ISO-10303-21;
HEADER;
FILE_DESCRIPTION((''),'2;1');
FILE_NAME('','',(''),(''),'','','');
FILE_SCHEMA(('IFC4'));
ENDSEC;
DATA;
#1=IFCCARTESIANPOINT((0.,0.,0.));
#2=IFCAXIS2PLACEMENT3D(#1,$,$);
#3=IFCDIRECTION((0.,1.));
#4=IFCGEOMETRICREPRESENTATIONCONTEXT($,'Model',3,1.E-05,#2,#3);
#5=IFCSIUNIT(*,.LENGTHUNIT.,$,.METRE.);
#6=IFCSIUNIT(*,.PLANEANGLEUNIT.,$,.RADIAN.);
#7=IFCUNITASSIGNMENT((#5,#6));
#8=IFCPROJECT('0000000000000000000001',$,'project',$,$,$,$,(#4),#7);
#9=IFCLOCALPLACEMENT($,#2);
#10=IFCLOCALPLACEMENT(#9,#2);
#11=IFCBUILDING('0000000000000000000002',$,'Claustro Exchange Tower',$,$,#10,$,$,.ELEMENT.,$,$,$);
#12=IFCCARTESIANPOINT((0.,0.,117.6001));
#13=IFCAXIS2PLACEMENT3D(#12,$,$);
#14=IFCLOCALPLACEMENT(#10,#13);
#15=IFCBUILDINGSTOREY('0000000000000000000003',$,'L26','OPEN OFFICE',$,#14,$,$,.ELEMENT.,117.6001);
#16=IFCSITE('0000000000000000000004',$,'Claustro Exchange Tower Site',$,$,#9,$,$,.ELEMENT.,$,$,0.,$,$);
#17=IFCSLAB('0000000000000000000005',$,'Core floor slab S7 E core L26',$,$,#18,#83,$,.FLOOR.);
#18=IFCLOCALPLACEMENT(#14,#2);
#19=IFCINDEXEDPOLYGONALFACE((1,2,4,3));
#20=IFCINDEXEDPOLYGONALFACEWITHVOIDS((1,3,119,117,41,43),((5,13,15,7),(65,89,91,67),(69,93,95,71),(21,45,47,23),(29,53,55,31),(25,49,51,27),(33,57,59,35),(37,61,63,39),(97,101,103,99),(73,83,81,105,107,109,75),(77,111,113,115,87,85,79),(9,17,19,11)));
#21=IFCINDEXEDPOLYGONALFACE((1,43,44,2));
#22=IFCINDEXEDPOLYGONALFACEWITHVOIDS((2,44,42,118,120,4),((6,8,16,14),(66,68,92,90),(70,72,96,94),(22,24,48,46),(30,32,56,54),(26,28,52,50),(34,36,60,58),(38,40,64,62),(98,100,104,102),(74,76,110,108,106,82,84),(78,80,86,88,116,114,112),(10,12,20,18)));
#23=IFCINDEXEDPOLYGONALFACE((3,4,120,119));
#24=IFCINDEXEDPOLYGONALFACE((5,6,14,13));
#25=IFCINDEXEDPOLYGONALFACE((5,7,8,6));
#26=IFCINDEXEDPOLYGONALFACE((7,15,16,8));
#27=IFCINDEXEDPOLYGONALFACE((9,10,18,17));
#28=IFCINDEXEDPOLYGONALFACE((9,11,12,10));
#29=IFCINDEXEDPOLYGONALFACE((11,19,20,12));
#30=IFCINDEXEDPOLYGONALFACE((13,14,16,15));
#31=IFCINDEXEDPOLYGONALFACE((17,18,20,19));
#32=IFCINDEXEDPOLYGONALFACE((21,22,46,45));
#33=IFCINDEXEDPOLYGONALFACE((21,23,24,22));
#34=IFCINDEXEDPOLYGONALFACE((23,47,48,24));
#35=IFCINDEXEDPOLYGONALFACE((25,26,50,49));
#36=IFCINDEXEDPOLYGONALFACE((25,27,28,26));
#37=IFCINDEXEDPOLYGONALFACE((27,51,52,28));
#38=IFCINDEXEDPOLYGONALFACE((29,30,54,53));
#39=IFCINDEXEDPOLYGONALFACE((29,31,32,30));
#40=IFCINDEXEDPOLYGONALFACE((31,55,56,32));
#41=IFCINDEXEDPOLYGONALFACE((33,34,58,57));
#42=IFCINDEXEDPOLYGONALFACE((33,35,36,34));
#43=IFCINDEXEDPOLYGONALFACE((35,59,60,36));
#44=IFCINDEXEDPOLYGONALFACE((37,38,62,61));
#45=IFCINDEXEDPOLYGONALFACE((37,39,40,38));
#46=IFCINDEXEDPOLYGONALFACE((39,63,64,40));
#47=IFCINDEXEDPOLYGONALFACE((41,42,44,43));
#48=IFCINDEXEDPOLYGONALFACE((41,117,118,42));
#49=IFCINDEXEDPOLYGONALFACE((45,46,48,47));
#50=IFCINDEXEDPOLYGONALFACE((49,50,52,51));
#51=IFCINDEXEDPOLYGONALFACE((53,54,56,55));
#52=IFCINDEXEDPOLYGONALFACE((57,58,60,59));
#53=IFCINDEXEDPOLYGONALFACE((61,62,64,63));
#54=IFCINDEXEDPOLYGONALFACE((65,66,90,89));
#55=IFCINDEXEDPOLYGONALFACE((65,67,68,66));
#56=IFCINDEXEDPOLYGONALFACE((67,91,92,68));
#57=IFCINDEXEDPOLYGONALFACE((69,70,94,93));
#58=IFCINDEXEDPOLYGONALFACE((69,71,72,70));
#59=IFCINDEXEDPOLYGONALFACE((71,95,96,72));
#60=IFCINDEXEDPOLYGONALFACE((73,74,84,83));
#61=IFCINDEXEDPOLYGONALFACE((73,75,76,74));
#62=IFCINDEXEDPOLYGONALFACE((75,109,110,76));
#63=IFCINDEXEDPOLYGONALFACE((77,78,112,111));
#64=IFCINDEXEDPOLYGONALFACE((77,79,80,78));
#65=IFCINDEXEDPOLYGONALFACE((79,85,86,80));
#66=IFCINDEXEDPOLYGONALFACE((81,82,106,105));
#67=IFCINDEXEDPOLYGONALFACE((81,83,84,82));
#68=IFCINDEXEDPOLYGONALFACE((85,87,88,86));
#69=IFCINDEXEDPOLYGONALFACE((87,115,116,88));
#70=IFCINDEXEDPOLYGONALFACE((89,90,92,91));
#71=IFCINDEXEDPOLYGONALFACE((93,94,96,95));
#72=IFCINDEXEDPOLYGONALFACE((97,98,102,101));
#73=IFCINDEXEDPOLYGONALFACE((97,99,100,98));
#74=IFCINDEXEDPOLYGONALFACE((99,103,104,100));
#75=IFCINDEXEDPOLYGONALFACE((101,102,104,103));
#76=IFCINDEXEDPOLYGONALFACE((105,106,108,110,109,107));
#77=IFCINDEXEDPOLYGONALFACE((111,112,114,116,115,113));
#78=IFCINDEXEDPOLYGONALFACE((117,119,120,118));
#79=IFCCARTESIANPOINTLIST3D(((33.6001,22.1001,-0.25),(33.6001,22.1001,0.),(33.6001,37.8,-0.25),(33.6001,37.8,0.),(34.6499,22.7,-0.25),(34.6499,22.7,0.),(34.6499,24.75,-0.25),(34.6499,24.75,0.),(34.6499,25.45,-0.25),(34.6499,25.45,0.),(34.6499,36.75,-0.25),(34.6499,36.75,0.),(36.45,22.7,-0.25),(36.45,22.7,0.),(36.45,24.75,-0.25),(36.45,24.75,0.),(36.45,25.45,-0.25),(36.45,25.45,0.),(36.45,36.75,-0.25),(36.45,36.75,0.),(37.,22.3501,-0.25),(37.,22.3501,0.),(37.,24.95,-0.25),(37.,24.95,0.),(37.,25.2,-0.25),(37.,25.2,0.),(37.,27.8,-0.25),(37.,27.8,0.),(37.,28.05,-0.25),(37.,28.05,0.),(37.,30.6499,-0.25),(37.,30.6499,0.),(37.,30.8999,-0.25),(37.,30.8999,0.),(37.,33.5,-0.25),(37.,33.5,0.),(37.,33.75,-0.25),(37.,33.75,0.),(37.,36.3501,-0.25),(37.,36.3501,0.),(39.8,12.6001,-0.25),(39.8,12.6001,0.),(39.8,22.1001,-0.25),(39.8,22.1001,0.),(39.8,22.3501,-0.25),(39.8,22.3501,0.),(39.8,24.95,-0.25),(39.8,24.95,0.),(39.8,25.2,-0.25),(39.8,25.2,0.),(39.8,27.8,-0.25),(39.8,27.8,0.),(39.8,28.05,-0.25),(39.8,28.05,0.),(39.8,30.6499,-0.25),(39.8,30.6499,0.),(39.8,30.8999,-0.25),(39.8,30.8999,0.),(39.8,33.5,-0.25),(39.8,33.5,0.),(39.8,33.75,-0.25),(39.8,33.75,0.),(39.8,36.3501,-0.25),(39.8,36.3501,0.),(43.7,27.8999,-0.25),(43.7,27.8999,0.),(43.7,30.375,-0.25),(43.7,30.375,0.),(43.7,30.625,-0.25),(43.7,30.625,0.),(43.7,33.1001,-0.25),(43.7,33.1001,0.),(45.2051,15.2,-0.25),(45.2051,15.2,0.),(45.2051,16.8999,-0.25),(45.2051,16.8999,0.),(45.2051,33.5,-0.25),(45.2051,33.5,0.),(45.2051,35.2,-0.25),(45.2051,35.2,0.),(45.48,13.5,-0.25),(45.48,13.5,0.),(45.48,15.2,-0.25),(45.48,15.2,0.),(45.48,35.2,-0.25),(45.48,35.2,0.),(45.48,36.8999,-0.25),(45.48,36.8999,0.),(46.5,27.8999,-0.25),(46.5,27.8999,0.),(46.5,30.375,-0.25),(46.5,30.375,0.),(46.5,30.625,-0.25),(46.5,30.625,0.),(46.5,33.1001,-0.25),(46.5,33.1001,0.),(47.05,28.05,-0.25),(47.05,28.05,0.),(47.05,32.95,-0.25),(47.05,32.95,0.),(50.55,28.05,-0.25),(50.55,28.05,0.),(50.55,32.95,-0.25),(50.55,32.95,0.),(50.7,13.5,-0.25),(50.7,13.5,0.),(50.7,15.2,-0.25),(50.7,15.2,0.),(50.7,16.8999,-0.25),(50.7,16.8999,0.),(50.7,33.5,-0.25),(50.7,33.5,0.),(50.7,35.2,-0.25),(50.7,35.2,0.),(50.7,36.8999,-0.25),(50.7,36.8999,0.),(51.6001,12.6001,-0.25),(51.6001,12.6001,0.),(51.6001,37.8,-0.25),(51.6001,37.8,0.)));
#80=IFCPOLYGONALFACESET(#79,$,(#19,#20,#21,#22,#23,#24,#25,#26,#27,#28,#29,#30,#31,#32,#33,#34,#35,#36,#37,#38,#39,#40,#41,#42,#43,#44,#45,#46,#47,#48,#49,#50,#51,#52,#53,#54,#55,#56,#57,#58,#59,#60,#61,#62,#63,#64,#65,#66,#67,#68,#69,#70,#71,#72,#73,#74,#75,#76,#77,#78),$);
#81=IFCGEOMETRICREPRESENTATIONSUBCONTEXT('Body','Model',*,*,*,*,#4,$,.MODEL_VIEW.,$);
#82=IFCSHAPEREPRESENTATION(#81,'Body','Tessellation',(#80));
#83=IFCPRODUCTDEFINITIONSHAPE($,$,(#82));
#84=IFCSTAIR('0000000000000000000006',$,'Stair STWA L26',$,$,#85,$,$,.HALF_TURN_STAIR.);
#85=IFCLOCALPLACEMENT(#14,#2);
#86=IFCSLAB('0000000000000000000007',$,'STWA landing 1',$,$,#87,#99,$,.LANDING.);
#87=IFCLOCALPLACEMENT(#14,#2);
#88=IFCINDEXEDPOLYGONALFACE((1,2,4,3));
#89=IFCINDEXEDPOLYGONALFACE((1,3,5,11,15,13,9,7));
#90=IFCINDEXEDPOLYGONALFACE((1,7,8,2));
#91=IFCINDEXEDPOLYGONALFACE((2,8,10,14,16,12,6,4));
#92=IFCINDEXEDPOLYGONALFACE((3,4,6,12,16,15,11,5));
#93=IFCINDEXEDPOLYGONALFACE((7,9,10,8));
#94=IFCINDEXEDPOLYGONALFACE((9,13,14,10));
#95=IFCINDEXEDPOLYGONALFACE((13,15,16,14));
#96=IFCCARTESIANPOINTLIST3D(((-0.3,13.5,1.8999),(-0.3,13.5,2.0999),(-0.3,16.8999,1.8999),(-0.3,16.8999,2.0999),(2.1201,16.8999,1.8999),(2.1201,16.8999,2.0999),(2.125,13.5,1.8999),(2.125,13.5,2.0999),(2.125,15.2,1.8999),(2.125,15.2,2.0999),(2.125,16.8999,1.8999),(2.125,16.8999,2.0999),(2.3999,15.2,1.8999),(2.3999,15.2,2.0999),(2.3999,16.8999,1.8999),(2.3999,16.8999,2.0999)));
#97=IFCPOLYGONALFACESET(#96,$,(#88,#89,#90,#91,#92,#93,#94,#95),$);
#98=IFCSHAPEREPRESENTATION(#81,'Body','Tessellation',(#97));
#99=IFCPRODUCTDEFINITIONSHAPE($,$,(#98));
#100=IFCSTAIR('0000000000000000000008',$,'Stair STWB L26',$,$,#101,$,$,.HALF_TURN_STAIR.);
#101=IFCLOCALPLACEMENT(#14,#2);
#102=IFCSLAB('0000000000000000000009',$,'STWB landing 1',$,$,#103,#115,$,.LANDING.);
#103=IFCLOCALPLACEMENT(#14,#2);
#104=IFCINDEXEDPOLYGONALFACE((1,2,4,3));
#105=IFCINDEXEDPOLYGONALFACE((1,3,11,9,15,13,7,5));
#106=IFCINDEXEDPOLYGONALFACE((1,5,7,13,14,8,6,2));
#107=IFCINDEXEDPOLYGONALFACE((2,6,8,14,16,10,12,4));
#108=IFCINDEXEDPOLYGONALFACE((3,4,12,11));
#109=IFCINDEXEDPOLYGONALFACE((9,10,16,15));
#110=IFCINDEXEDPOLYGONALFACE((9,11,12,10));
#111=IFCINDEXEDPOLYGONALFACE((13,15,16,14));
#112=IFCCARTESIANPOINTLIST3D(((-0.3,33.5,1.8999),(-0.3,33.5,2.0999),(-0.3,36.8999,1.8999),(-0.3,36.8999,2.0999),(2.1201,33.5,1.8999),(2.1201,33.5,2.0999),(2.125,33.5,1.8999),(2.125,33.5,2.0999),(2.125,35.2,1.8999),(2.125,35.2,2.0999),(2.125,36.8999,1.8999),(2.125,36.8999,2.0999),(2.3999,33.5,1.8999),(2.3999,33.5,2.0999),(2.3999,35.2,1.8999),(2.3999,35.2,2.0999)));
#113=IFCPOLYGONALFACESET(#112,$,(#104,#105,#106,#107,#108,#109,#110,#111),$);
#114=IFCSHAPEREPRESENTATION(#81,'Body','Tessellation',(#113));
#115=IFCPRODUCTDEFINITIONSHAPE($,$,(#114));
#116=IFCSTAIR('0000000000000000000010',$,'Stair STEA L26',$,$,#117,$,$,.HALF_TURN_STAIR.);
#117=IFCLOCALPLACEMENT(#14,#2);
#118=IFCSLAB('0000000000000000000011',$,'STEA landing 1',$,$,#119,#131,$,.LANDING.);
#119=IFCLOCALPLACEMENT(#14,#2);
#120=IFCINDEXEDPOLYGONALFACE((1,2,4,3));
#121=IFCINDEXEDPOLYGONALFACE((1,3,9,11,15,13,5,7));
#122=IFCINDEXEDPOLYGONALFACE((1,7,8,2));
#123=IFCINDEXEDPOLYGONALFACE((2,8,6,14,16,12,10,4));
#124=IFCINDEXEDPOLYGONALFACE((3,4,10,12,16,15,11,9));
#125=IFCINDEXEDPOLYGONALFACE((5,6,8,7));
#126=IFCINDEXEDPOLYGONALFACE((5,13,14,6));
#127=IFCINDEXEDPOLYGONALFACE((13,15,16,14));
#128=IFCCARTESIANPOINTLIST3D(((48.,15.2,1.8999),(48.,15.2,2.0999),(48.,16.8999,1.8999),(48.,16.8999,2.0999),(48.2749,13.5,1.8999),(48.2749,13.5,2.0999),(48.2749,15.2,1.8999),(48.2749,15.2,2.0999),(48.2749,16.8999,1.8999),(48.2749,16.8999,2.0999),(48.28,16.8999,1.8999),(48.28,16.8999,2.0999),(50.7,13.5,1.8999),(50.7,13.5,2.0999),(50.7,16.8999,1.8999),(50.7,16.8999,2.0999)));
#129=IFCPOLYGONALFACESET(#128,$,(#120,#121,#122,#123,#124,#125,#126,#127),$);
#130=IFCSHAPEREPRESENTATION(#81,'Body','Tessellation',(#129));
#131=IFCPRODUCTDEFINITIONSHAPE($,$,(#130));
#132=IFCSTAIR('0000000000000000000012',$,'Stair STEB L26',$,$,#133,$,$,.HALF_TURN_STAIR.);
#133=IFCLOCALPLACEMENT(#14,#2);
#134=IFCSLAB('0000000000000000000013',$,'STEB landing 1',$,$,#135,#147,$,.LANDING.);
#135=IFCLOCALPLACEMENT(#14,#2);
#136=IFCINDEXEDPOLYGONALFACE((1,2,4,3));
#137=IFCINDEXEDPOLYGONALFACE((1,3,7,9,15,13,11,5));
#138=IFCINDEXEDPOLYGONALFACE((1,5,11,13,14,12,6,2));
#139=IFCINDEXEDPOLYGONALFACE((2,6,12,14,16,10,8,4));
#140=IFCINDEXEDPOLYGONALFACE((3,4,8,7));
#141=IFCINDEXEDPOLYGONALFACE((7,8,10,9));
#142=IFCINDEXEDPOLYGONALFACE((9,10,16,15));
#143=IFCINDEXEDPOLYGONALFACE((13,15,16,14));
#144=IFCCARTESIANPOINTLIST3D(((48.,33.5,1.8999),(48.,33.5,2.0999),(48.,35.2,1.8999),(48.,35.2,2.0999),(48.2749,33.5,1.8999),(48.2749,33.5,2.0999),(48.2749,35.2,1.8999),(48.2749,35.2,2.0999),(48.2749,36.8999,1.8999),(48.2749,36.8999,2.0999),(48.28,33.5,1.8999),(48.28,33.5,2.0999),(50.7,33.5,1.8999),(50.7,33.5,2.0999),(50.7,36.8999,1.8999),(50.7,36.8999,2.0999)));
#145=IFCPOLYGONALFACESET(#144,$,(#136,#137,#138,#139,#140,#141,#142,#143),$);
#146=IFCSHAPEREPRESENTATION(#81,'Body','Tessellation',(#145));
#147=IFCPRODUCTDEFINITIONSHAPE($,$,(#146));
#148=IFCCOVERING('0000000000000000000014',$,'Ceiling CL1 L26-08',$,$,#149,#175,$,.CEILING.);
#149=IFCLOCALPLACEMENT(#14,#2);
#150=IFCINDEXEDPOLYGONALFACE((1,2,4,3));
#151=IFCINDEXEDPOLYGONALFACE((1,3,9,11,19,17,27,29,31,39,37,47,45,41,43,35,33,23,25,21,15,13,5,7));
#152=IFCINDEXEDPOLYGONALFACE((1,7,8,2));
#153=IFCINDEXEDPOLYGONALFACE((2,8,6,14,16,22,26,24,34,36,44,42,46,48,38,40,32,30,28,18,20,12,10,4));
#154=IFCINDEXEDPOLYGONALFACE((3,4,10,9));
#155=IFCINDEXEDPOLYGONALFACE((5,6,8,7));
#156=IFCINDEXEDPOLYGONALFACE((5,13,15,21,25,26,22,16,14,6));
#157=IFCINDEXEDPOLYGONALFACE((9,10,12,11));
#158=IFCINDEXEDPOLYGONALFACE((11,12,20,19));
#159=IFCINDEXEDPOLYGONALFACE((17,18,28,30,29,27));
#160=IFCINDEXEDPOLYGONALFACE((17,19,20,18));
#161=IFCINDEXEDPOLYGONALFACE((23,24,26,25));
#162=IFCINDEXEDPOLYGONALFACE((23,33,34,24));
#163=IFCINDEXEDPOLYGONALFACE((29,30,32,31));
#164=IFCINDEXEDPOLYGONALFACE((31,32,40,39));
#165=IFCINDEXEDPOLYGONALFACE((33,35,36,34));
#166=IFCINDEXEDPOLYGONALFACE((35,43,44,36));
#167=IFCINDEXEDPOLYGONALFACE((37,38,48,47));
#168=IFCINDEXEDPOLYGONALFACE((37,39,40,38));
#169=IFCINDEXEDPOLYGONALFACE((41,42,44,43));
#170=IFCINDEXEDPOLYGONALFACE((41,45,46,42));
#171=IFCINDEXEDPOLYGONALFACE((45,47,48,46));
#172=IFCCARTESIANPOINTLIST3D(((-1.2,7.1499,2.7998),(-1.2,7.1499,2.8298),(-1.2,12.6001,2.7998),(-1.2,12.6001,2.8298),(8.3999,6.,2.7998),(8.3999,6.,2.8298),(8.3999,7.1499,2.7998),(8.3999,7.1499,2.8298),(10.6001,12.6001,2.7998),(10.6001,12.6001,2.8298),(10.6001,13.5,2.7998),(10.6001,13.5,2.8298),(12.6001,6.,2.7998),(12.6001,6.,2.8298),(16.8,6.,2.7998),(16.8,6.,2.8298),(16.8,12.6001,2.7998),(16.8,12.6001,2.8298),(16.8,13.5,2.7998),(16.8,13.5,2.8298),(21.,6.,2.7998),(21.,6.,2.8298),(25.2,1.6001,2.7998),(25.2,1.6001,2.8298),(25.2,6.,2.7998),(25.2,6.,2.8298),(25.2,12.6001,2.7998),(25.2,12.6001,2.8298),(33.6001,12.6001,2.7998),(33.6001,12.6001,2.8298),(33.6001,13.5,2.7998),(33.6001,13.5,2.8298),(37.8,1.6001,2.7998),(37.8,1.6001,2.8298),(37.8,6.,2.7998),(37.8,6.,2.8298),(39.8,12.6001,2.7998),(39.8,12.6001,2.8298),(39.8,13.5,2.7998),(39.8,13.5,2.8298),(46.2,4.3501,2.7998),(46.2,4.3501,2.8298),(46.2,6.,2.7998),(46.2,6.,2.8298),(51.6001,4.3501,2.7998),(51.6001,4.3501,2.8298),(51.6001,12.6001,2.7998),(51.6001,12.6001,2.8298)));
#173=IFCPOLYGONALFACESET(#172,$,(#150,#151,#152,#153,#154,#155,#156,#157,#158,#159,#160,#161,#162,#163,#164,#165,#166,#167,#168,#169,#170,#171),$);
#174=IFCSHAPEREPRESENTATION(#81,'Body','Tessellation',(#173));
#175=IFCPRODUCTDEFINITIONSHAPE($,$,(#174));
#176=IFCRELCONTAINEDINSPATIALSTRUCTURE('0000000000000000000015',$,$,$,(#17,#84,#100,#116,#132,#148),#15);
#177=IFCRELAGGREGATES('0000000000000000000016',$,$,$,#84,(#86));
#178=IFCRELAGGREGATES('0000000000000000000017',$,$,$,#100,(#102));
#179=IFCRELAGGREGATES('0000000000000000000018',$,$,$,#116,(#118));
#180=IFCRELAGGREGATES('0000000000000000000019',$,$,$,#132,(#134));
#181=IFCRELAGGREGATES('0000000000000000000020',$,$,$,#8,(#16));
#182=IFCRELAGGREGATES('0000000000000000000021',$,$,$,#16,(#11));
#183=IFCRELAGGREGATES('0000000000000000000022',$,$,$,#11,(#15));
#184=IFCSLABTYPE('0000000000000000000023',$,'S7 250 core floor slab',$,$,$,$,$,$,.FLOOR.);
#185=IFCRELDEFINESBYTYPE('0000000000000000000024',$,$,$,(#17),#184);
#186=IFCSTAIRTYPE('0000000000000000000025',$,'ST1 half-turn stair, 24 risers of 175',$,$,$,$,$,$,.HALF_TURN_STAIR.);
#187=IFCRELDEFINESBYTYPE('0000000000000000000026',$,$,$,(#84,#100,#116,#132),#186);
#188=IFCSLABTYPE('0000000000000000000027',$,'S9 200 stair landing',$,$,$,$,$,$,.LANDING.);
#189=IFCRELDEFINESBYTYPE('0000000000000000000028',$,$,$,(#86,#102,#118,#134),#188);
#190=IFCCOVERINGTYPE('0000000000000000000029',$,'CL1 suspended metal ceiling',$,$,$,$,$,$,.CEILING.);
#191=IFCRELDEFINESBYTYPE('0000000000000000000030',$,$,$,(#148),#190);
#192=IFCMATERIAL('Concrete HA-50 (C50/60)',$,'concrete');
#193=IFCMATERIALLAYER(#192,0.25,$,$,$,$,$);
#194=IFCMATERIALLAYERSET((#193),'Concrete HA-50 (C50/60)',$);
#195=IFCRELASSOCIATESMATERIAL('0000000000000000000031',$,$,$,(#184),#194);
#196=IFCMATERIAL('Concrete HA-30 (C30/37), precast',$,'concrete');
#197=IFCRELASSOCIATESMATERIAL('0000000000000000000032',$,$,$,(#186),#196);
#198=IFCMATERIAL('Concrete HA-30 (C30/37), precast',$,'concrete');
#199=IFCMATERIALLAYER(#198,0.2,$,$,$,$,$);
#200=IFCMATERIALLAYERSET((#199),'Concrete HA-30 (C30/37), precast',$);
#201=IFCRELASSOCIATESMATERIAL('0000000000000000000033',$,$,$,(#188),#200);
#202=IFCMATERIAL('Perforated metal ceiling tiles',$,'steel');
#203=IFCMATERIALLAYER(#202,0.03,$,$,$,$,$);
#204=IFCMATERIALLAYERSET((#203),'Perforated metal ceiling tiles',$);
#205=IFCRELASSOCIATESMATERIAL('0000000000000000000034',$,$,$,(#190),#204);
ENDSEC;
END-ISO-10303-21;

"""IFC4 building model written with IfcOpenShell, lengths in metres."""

from ifc_helpers import new_model, si_unit, direction, frame, origin, place, context, subcontext, project, spatial, polyline, outline, extrude, material, layer, layer_set, type_object, element, aggregate, save


model = new_model("IFC4")

# Units and contexts
model_context = context("Model", 3, precision=1e-05, world=origin(), true_north=direction((0.0, 1.0)))
body_context = subcontext(model_context, "Body", "Model", "MODEL_VIEW")
ifc_project = project(units=[si_unit("LENGTHUNIT", "METRE"), si_unit("PLANEANGLEUNIT", "RADIAN")], contexts=[model_context])

# Site, building, storey
site_placement = place(None, origin())
site = spatial("IfcSite", under=ifc_project, at=site_placement, Name="Claustro Exchange Tower Site", CompositionType="ELEMENT", RefElevation=0.0)
building_placement = place(site_placement, origin())
building = spatial("IfcBuilding", under=site, at=building_placement, Name="Claustro Exchange Tower", CompositionType="ELEMENT")
storey_placement = place(building_placement, frame((0.0, 0.0, 117.6001)))
storey = spatial("IfcBuildingStorey", under=building, at=storey_placement, Name="L26", Description="OPEN OFFICE", CompositionType="ELEMENT", Elevation=117.6001)

# Slab
ifc_material_1 = material(Name="Concrete HA-50 (C50/60)", Category="concrete")
ifc_layer_1 = layer(ifc_material_1, 0.25)
ifc_layer_set_1 = layer_set([ifc_layer_1], Name="Concrete HA-50 (C50/60)")
slab_type_1 = type_object("IfcSlabType", Name="S7 250 core floor slab", PredefinedType="FLOOR", material=ifc_layer_set_1)
slab_1_placement = place(storey_placement, frame((0.0, 0.0, -0.25)))
element("IfcSlab", 1, at=slab_1_placement, inside=storey, type_object=slab_type_1, Name="Core floor slab S7 E core L26", PredefinedType="FLOOR", context=body_context, shape_type="SweptSolid", body=[
    extrude(outline(polyline([(51.6001, 37.8), (33.6001, 37.8), (33.6001, 22.1001), (39.8, 22.1001), (39.8, 12.6001), (51.6001, 12.6001), (51.6001, 37.8)]), holes=[polyline([(45.48, 15.2), (45.2051, 15.2), (45.2051, 16.8999), (50.7, 16.8999), (50.7, 15.2), (50.7, 13.5), (45.48, 13.5), (45.48, 15.2)]), polyline([(45.48, 35.2), (45.48, 36.8999), (50.7, 36.8999), (50.7, 35.2), (50.7, 33.5), (45.2051, 33.5), (45.2051, 35.2), (45.48, 35.2)]), polyline([(50.55, 32.95), (50.55, 28.05), (47.05, 28.05), (47.05, 32.95), (50.55, 32.95)]), polyline([(43.7, 33.1001), (46.5, 33.1001), (46.5, 30.625), (43.7, 30.625), (43.7, 33.1001)]), polyline([(46.5, 30.375), (46.5, 27.8999), (43.7, 27.8999), (43.7, 30.375), (46.5, 30.375)]), polyline([(37.0, 24.95), (39.8, 24.95), (39.8, 22.3501), (37.0, 22.3501), (37.0, 24.95)]), polyline([(37.0, 30.6499), (39.8, 30.6499), (39.8, 28.05), (37.0, 28.05), (37.0, 30.6499)]), polyline([(39.8, 27.8), (39.8, 25.2), (37.0, 25.2), (37.0, 27.8), (39.8, 27.8)]), polyline([(39.8, 33.5), (39.8, 30.8999), (37.0, 30.8999), (37.0, 33.5), (39.8, 33.5)]), polyline([(39.8, 36.3501), (39.8, 33.75), (37.0, 33.75), (37.0, 36.3501), (39.8, 36.3501)]), polyline([(36.45, 24.75), (36.45, 22.7), (34.6499, 22.7), (34.6499, 24.75), (36.45, 24.75)]), polyline([(36.45, 36.75), (36.45, 25.45), (34.6499, 25.45), (34.6499, 36.75), (36.45, 36.75)])]), origin(), (0.0, 0.0, 1.0), 0.25),
])

# Stairs, slabs
ifc_material_2 = material(Name="Concrete HA-30 (C30/37), precast", Category="concrete")
stair_type = type_object("IfcStairType", Name="ST1 half-turn stair, 24 risers of 175", PredefinedType="HALF_TURN_STAIR", material=ifc_material_2)
stair_1_placement = place(storey_placement, origin())
stair_1 = element("IfcStair", 2, at=stair_1_placement, inside=storey, type_object=stair_type, Name="Stair STWA L26", PredefinedType="HALF_TURN_STAIR")
ifc_material_3 = material(Name="Concrete HA-30 (C30/37), precast", Category="concrete")
ifc_layer_2 = layer(ifc_material_3, 0.2)
ifc_layer_set_2 = layer_set([ifc_layer_2], Name="Concrete HA-30 (C30/37), precast")
slab_type_2 = type_object("IfcSlabType", Name="S9 200 stair landing", PredefinedType="LANDING", material=ifc_layer_set_2)
slab_2_placement = place(storey_placement, frame((0.0, 0.0, 1.8999)))
slab_2 = element("IfcSlab", 3, at=slab_2_placement, type_object=slab_type_2, Name="STWA landing 1", PredefinedType="LANDING", context=body_context, shape_type="SweptSolid", body=[
    extrude(outline(polyline([(2.125, 13.5), (-0.3, 13.5), (-0.3, 16.8999), (2.1201, 16.8999), (2.125, 16.8999), (2.3999, 16.8999), (2.3999, 15.2), (2.125, 15.2), (2.125, 13.5)])), origin(), (0.0, 0.0, 1.0), 0.2),
])
aggregate(stair_1, [slab_2])
stair_2_placement = place(storey_placement, origin())
stair_2 = element("IfcStair", 4, at=stair_2_placement, inside=storey, type_object=stair_type, Name="Stair STWB L26", PredefinedType="HALF_TURN_STAIR")
slab_3_placement = place(storey_placement, frame((0.0, 0.0, 1.8999)))
slab_3 = element("IfcSlab", 5, at=slab_3_placement, type_object=slab_type_2, Name="STWB landing 1", PredefinedType="LANDING", context=body_context, shape_type="SweptSolid", body=[
    extrude(outline(polyline([(2.3999, 35.2), (2.3999, 33.5), (2.125, 33.5), (2.1201, 33.5), (-0.3, 33.5), (-0.3, 36.8999), (2.125, 36.8999), (2.125, 35.2), (2.3999, 35.2)])), origin(), (0.0, 0.0, 1.0), 0.2),
])
aggregate(stair_2, [slab_3])
stair_3_placement = place(storey_placement, origin())
stair_3 = element("IfcStair", 6, at=stair_3_placement, inside=storey, type_object=stair_type, Name="Stair STEA L26", PredefinedType="HALF_TURN_STAIR")
slab_4_placement = place(storey_placement, frame((0.0, 0.0, 1.8999)))
slab_4 = element("IfcSlab", 7, at=slab_4_placement, type_object=slab_type_2, Name="STEA landing 1", PredefinedType="LANDING", context=body_context, shape_type="SweptSolid", body=[
    extrude(outline(polyline([(50.7, 16.8999), (50.7, 13.5), (48.2749, 13.5), (48.2749, 15.2), (48.0, 15.2), (48.0, 16.8999), (48.2749, 16.8999), (48.28, 16.8999), (50.7, 16.8999)])), origin(), (0.0, 0.0, 1.0), 0.2),
])
aggregate(stair_3, [slab_4])
stair_4_placement = place(storey_placement, origin())
stair_4 = element("IfcStair", 8, at=stair_4_placement, inside=storey, type_object=stair_type, Name="Stair STEB L26", PredefinedType="HALF_TURN_STAIR")
slab_5_placement = place(storey_placement, frame((0.0, 0.0, 1.8999)))
slab_5 = element("IfcSlab", 9, at=slab_5_placement, type_object=slab_type_2, Name="STEB landing 1", PredefinedType="LANDING", context=body_context, shape_type="SweptSolid", body=[
    extrude(outline(polyline([(48.0, 33.5), (48.0, 35.2), (48.2749, 35.2), (48.2749, 36.8999), (50.7, 36.8999), (50.7, 33.5), (48.28, 33.5), (48.2749, 33.5), (48.0, 33.5)])), origin(), (0.0, 0.0, 1.0), 0.2),
])
aggregate(stair_4, [slab_5])

# Covering
ifc_material_4 = material(Name="Perforated metal ceiling tiles", Category="steel")
ifc_layer_3 = layer(ifc_material_4, 0.03)
ifc_layer_set_3 = layer_set([ifc_layer_3], Name="Perforated metal ceiling tiles")
covering_type_1 = type_object("IfcCoveringType", Name="CL1 suspended metal ceiling", PredefinedType="CEILING", material=ifc_layer_set_3)
covering_1_placement = place(storey_placement, frame((0.0, 0.0, 2.7998)))
element("IfcCovering", 10, at=covering_1_placement, inside=storey, type_object=covering_type_1, Name="Ceiling CL1 L26-08", PredefinedType="CEILING", context=body_context, shape_type="SweptSolid", body=[
    extrude(outline(polyline([(10.6001, 12.6001), (-1.2, 12.6001), (-1.2, 7.1499), (8.3999, 7.1499), (8.3999, 6.0), (12.6001, 6.0), (16.8, 6.0), (21.0, 6.0), (25.2, 6.0), (25.2, 1.6001), (37.8, 1.6001), (37.8, 6.0), (46.2, 6.0), (46.2, 4.3501), (51.6001, 4.3501), (51.6001, 12.6001), (39.8, 12.6001), (39.8, 13.5), (33.6001, 13.5), (33.6001, 12.6001), (25.2, 12.6001), (16.8, 12.6001), (16.8, 13.5), (10.6001, 13.5), (10.6001, 12.6001)])), origin(), (0.0, 0.0, 1.0), 0.03),
])

save(model, "model.ifc")
